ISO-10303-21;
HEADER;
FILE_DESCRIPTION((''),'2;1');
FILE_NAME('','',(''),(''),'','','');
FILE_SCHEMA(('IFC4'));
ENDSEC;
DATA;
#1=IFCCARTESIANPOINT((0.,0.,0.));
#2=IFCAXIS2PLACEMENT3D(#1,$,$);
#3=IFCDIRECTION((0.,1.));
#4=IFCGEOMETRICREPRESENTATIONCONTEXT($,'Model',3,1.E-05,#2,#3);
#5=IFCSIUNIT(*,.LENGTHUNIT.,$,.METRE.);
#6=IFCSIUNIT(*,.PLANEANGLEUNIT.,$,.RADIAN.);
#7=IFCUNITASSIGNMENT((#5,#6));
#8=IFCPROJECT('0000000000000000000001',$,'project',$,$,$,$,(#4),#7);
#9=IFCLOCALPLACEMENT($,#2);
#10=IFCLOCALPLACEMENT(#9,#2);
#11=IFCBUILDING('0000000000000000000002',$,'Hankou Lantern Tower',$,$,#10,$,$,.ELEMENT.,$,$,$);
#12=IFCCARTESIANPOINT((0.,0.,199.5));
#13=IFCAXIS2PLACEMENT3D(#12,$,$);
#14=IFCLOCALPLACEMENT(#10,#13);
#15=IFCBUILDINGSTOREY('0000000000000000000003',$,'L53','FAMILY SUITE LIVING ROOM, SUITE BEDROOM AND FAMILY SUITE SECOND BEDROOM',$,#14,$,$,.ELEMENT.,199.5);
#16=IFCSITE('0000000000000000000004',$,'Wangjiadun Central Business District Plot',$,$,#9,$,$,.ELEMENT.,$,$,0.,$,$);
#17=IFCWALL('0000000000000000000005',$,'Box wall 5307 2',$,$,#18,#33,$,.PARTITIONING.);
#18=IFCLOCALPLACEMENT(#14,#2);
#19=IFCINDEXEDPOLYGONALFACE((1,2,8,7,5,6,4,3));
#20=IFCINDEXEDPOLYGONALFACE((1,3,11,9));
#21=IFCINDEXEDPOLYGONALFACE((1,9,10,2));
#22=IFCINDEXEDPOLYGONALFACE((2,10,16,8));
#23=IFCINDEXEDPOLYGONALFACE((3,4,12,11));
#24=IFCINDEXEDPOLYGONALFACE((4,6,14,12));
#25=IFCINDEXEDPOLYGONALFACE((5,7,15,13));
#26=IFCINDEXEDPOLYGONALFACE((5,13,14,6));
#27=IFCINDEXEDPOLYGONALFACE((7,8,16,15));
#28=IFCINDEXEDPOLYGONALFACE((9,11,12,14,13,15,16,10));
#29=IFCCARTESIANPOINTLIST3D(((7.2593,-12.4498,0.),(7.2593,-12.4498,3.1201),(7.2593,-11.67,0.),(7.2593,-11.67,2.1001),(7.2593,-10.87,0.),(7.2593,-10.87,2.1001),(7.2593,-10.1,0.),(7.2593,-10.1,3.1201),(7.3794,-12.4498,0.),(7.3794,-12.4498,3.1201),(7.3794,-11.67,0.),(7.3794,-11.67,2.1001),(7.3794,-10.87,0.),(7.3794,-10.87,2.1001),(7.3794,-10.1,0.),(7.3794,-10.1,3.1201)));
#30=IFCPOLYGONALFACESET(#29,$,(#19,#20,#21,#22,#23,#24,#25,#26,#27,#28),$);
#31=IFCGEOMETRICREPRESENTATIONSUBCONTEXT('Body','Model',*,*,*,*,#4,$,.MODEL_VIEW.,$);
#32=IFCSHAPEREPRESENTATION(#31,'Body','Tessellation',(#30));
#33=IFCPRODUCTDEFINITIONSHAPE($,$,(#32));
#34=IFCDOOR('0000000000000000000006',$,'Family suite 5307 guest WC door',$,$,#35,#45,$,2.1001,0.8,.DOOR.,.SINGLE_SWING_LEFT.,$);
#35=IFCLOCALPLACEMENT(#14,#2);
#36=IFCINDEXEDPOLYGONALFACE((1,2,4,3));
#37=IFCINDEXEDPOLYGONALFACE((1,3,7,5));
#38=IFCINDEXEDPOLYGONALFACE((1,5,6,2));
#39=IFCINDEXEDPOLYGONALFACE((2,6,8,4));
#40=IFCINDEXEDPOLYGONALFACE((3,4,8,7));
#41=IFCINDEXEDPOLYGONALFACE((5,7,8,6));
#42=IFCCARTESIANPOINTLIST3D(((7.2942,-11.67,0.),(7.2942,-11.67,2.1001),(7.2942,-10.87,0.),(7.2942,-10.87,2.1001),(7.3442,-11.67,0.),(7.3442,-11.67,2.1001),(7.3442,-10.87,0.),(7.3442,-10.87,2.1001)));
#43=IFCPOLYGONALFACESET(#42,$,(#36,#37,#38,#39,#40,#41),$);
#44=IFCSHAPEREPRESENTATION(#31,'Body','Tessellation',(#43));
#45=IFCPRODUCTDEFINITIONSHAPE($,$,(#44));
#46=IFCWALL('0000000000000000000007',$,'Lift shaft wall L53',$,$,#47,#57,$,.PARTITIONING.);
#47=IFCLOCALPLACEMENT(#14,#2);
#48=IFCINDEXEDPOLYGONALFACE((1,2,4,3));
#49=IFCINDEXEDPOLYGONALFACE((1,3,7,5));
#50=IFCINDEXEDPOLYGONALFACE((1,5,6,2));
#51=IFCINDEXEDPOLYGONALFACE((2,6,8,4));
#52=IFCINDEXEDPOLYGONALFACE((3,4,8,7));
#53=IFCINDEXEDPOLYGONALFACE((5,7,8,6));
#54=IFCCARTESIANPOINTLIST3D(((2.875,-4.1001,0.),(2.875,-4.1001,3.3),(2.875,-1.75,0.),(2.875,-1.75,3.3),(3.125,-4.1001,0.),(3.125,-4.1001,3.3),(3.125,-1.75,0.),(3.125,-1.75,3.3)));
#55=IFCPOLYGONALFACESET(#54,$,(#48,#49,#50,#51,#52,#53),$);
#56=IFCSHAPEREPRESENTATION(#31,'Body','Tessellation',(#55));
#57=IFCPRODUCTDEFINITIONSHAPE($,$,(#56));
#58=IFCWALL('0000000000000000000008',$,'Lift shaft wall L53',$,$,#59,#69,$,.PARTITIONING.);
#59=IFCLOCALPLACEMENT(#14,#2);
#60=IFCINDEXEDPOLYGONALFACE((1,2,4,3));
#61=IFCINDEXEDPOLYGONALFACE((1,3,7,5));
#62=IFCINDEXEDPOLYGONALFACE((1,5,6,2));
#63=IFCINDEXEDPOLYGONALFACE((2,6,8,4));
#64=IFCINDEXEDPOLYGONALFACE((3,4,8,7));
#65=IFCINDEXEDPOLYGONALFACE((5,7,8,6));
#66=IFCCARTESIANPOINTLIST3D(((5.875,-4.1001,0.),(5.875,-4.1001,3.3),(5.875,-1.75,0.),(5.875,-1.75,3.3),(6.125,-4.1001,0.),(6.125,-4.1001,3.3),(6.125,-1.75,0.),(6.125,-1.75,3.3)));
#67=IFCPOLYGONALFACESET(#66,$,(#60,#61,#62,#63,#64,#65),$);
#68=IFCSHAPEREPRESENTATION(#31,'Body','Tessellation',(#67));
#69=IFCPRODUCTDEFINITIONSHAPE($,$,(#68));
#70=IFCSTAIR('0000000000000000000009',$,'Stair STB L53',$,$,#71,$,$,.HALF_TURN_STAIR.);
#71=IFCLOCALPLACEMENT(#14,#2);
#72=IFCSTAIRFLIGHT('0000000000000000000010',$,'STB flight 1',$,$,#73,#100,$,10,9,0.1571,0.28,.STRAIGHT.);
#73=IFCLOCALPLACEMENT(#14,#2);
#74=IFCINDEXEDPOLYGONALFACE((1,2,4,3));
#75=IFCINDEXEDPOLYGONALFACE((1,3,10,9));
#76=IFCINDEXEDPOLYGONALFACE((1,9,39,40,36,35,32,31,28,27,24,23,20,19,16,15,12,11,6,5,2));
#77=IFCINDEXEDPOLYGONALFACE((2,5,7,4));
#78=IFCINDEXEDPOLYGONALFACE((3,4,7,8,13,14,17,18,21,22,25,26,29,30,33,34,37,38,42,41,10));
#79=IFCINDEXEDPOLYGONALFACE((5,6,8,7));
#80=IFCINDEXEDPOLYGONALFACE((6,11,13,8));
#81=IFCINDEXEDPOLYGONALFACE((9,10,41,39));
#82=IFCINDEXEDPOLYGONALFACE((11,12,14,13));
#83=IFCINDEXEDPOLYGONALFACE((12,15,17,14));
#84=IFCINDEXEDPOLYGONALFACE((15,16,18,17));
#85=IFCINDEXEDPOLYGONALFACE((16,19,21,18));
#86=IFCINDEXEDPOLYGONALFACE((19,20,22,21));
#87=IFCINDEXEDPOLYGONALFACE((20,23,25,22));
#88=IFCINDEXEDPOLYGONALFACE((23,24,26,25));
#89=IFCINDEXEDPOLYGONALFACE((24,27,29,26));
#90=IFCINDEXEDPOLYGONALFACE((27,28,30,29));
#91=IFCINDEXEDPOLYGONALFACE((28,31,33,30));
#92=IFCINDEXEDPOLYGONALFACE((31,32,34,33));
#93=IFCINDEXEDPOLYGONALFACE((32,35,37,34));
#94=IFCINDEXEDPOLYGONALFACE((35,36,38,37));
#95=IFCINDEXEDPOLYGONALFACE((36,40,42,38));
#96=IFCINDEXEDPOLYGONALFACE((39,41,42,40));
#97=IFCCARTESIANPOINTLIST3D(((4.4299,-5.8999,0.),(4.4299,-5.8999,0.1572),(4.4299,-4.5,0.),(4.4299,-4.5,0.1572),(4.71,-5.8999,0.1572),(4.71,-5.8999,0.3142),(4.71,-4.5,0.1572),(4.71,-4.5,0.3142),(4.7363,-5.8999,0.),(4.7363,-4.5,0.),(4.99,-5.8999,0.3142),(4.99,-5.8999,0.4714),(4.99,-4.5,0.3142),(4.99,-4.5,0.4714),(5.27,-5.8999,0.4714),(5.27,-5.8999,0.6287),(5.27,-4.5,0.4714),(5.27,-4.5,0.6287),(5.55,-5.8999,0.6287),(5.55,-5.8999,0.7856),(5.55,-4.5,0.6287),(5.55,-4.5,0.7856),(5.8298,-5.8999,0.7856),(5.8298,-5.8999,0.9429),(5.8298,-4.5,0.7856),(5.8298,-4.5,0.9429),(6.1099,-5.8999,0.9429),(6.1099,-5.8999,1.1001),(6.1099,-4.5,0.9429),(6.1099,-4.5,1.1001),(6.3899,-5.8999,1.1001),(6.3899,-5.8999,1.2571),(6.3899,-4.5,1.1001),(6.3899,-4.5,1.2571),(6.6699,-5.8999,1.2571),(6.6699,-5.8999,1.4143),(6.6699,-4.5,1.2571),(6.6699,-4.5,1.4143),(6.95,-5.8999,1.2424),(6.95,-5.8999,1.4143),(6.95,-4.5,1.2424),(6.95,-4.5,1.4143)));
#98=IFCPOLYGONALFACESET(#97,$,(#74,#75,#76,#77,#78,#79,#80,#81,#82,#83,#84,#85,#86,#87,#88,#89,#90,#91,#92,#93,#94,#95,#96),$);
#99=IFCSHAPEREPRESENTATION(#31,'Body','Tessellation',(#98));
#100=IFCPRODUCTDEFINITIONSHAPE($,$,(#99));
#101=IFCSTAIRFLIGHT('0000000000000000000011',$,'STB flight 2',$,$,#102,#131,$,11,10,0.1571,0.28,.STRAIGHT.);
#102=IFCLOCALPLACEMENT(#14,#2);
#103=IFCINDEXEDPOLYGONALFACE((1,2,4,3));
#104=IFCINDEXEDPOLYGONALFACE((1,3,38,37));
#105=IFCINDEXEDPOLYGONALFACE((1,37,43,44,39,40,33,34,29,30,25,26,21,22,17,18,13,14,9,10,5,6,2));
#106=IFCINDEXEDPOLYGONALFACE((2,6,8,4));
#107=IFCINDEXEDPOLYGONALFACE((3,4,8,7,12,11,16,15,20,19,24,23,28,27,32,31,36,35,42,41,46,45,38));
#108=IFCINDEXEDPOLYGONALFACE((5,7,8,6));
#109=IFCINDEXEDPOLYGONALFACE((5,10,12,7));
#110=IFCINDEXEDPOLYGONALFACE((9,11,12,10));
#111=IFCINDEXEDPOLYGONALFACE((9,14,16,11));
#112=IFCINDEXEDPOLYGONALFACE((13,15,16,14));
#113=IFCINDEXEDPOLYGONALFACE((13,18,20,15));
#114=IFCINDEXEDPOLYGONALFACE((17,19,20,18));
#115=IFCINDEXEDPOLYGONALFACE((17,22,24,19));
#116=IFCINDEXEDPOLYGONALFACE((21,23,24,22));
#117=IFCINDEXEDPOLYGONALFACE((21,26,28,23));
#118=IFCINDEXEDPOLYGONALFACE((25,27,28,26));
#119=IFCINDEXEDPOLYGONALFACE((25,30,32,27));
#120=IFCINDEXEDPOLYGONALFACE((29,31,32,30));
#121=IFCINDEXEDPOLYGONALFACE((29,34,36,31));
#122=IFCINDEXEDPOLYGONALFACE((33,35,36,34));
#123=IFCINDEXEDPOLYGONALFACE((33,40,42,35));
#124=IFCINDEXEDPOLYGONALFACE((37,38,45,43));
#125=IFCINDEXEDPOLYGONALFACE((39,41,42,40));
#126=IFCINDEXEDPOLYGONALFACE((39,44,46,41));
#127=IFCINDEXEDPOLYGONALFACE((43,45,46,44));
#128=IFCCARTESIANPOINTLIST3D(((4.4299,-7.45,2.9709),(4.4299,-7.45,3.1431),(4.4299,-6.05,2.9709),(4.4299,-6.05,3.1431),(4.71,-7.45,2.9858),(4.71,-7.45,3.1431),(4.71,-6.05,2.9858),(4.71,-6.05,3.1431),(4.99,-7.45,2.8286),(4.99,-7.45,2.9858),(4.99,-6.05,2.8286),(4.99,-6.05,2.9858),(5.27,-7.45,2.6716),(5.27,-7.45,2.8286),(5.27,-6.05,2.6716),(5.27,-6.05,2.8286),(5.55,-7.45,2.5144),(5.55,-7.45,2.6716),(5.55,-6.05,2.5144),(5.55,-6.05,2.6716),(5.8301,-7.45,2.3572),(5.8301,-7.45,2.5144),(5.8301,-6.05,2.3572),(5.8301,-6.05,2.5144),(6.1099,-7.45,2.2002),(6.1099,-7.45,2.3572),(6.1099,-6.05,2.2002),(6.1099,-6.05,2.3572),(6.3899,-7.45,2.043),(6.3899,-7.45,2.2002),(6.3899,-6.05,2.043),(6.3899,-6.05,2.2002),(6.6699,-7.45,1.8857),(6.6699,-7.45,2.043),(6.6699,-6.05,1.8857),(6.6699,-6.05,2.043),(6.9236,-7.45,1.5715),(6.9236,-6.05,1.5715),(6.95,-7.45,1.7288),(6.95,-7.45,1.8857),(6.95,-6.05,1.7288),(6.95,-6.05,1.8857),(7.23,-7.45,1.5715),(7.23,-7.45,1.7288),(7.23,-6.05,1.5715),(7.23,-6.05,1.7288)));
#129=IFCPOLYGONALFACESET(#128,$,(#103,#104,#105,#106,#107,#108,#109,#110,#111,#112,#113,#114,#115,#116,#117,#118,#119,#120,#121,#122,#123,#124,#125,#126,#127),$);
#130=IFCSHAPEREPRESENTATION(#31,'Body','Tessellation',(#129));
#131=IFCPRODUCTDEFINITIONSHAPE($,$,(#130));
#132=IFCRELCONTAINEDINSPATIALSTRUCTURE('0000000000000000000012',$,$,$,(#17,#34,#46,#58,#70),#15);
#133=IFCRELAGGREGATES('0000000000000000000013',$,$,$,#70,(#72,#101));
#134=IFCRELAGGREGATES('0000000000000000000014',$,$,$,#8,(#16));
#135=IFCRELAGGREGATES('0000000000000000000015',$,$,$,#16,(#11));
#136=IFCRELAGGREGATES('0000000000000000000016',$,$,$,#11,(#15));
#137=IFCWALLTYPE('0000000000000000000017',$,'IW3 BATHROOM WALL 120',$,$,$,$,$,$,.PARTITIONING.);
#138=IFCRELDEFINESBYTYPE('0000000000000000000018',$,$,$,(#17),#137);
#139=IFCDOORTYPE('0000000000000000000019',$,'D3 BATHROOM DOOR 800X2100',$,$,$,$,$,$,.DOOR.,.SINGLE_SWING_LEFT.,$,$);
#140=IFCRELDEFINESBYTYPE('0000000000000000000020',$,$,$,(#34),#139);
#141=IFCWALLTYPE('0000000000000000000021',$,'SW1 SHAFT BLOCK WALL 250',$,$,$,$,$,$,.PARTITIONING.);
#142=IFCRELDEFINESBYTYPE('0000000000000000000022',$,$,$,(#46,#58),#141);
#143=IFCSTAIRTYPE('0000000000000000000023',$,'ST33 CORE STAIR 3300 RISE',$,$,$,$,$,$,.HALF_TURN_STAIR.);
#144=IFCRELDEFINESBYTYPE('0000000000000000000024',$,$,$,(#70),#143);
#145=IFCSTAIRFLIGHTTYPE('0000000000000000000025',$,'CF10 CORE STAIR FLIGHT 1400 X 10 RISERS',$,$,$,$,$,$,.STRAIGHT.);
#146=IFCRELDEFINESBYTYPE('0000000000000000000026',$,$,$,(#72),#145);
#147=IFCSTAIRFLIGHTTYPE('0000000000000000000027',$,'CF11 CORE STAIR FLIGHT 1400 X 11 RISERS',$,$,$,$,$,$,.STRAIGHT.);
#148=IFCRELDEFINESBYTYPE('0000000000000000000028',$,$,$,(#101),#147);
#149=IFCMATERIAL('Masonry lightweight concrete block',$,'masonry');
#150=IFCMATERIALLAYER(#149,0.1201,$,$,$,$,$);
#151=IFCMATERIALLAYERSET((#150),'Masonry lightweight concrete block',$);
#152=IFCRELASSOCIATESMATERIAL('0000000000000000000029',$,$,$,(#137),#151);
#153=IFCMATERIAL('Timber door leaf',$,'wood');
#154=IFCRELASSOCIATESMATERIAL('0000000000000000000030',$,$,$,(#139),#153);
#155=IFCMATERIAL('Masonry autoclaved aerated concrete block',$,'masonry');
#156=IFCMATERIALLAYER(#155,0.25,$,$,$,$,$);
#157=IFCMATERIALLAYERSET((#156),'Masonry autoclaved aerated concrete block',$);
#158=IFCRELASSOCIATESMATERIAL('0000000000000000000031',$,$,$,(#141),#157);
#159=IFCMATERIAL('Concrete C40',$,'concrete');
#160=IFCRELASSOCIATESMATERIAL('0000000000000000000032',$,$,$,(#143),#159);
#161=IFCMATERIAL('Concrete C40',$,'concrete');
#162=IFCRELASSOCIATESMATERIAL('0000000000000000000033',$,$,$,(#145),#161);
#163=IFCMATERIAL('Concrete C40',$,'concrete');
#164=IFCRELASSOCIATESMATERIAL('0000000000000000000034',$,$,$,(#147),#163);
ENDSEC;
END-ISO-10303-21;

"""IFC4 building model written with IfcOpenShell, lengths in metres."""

from ifc_helpers import new_model, si_unit, direction, frame, frame_2d, origin, place, context, subcontext, project, spatial, polyline, rectangle, outline, extrude, material, layer, layer_set, type_object, element, fill, aggregate, save


model = new_model("IFC4")

# Units and contexts
model_context = context("Model", 3, precision=1e-05, world=origin(), true_north=direction((0.0, 1.0)))
body_context = subcontext(model_context, "Body", "Model", "MODEL_VIEW")
ifc_project = project(units=[si_unit("LENGTHUNIT", "METRE"), si_unit("PLANEANGLEUNIT", "RADIAN")], contexts=[model_context])

# Site, building, storey
site_placement = place(None, origin())
site = spatial("IfcSite", under=ifc_project, at=site_placement, Name="Wangjiadun Central Business District Plot", CompositionType="ELEMENT", RefElevation=0.0)
building_placement = place(site_placement, origin())
building = spatial("IfcBuilding", under=site, at=building_placement, Name="Hankou Lantern Tower", CompositionType="ELEMENT")
storey_placement = place(building_placement, frame((0.0, 0.0, 199.5)))
storey = spatial("IfcBuildingStorey", under=building, at=storey_placement, Name="L53", Description="FAMILY SUITE LIVING ROOM, SUITE BEDROOM AND FAMILY SUITE SECOND BEDROOM", CompositionType="ELEMENT", Elevation=199.5)

# Shared definitions
ifc_material_1 = material(Name="Masonry lightweight concrete block", Category="masonry")
ifc_layer_1 = layer(ifc_material_1, 0.1201)
ifc_layer_set_1 = layer_set([ifc_layer_1], Name="Masonry lightweight concrete block")
wall_type_1 = type_object("IfcWallType", Name="IW3 BATHROOM WALL 120", PredefinedType="PARTITIONING", material=ifc_layer_set_1)

# Wall, opening, door
wall_1_placement = place(storey_placement, frame((7.3193, -10.1001, 0.0), z_axis=(0.0, 0.0, 1.0), x_axis=(0.0, -1.0, 0.0)))
wall_1 = element("IfcWall", 1, at=wall_1_placement, inside=storey, type_object=wall_type_1, Name="Box wall 5307 2", PredefinedType="PARTITIONING", context=body_context, shape_type="SweptSolid", body=[
    extrude(rectangle(XDim=2.3499, YDim=0.1201, at=frame_2d((1.1748, 0.0))), origin(), (0.0, 0.0, 1.0), 3.1201),
])
opening_1_placement = place(wall_1_placement, frame((0.77, 0.0, 0.0)))
opening_1 = element("IfcOpeningElement", 2, at=opening_1_placement, cuts=wall_1, PredefinedType="OPENING", context=body_context, shape_type="SweptSolid", body=[
    extrude(rectangle(XDim=0.8, YDim=2.1001, at=frame_2d((0.3999, 1.05))), frame((0.0, 0.0701, 0.0), z_axis=(0.0, -1.0, 0.0), x_axis=(1.0, 0.0, 0.0)), (0.0, 0.0, 1.0), 0.1401),
])
ifc_material_2 = material(Name="Timber door leaf", Category="wood")
door_type_1 = type_object("IfcDoorType", Name="D3 BATHROOM DOOR 800X2100", OperationType="SINGLE_SWING_LEFT", PredefinedType="DOOR", material=ifc_material_2)
door_1_placement = place(opening_1_placement, origin())
door_1 = element("IfcDoor", 3, at=door_1_placement, inside=storey, type_object=door_type_1, Name="Family suite 5307 guest WC door", OperationType="SINGLE_SWING_LEFT", OverallHeight=2.1001, OverallWidth=0.8, PredefinedType="DOOR", context=body_context, shape_type="SweptSolid", body=[
    extrude(rectangle(XDim=0.8, YDim=2.1001, at=frame_2d((0.3999, 1.05))), frame((0.0, 0.0249, 0.0), z_axis=(0.0, -1.0, 0.0), x_axis=(1.0, 0.0, 0.0)), (0.0, 0.0, 1.0), 0.05),
])
fill(opening_1, door_1)

# Walls
ifc_material_3 = material(Name="Masonry autoclaved aerated concrete block", Category="masonry")
ifc_layer_2 = layer(ifc_material_3, 0.25)
ifc_layer_set_2 = layer_set([ifc_layer_2], Name="Masonry autoclaved aerated concrete block")
wall_type_2 = type_object("IfcWallType", Name="SW1 SHAFT BLOCK WALL 250", PredefinedType="PARTITIONING", material=ifc_layer_set_2)
for number, where, z_axis, x_axis, name in (
    (4, (3.0, -4.1001, 0.0), (0.0, 0.0, 1.0), (0.0, 1.0, 0.0), "Lift shaft wall L53"),
    (5, (6.0, -4.1001, 0.0), (0.0, 0.0, 1.0), (0.0, 1.0, 0.0), "Lift shaft wall L53"),
):
    element("IfcWall", number, at=place(storey_placement, frame(where, z_axis=z_axis, x_axis=x_axis)), inside=storey, type_object=wall_type_2, Name=name, PredefinedType="PARTITIONING", context=body_context, shape_type="SweptSolid", body=[
        extrude(rectangle(XDim=2.3501, YDim=0.25, at=frame_2d((1.175, 0.0))), origin(), (0.0, 0.0, 1.0), 3.3),
    ])

# Stair, stair flights
ifc_material_4 = material(Name="Concrete C40", Category="concrete")
stair_type = type_object("IfcStairType", Name="ST33 CORE STAIR 3300 RISE", PredefinedType="HALF_TURN_STAIR", material=ifc_material_4)
stair_placement = place(storey_placement, origin())
stair = element("IfcStair", 6, at=stair_placement, inside=storey, type_object=stair_type, Name="Stair STB L53", PredefinedType="HALF_TURN_STAIR")
ifc_material_5 = material(Name="Concrete C40", Category="concrete")
stair_flight_type_1 = type_object("IfcStairFlightType", Name="CF10 CORE STAIR FLIGHT 1400 X 10 RISERS", PredefinedType="STRAIGHT", material=ifc_material_5)
stair_flight_1_placement = place(storey_placement, frame((4.4299, -5.2, 0.0), z_axis=(0.0, 0.0, 1.0), x_axis=(1.0, 0.0, 0.0)))
stair_flight_1 = element("IfcStairFlight", 7, at=stair_flight_1_placement, type_object=stair_flight_type_1, Name="STB flight 1", NumberOfRisers=10, NumberOfTreads=9, PredefinedType="STRAIGHT", RiserHeight=0.1571, TreadLength=0.28, context=body_context, shape_type="SweptSolid", body=[
    extrude(outline(polyline([(0.0, 0.0), (0.0, 0.1572), (0.28, 0.1572), (0.28, 0.3142), (0.5601, 0.3142), (0.5601, 0.4714), (0.8401, 0.4714), (0.8401, 0.6287), (1.1201, 0.6287), (1.1201, 0.7856), (1.3999, 0.7856), (1.3999, 0.9429), (1.6799, 0.9429), (1.6799, 1.1001), (1.96, 1.1001), (1.96, 1.2571), (2.24, 1.2571), (2.24, 1.4143), (2.52, 1.4143), (2.52, 1.5715), (2.52, 1.2424), (0.3064, 0.0), (0.0, 0.0)])), frame((0.0, 0.7, 0.0), z_axis=(0.0, -1.0, 0.0), x_axis=(1.0, 0.0, 0.0)), (0.0, 0.0, 1.0), 1.3999),
])
ifc_material_6 = material(Name="Concrete C40", Category="concrete")
stair_flight_type_2 = type_object("IfcStairFlightType", Name="CF11 CORE STAIR FLIGHT 1400 X 11 RISERS", PredefinedType="STRAIGHT", material=ifc_material_6)
stair_flight_2_placement = place(storey_placement, frame((7.23, -6.75, 1.5715), z_axis=(0.0, 0.0, 1.0), x_axis=(-1.0, 0.0, 0.0)))
stair_flight_2 = element("IfcStairFlight", 8, at=stair_flight_2_placement, type_object=stair_flight_type_2, Name="STB flight 2", NumberOfRisers=11, NumberOfTreads=10, PredefinedType="STRAIGHT", RiserHeight=0.1571, TreadLength=0.28, context=body_context, shape_type="SweptSolid", body=[
    extrude(outline(polyline([(0.0, 0.0), (0.0, 0.1572), (0.28, 0.1572), (0.28, 0.3142), (0.5601, 0.3142), (0.5601, 0.4714), (0.8401, 0.4714), (0.8401, 0.6287), (1.1201, 0.6287), (1.1201, 0.7856), (1.3999, 0.7856), (1.3999, 0.9429), (1.6799, 0.9429), (1.6799, 1.1001), (1.96, 1.1001), (1.96, 1.2571), (2.24, 1.2571), (2.24, 1.4143), (2.52, 1.4143), (2.52, 1.5715), (2.8, 1.5715), (2.8, 1.7285), (2.8, 1.3994), (0.3064, 0.0), (0.0, 0.0)])), frame((0.0, 0.7, 0.0), z_axis=(0.0, -1.0, 0.0), x_axis=(1.0, 0.0, 0.0)), (0.0, 0.0, 1.0), 1.3999),
])
aggregate(stair, [stair_flight_1, stair_flight_2])

save(model, "model.ifc")
